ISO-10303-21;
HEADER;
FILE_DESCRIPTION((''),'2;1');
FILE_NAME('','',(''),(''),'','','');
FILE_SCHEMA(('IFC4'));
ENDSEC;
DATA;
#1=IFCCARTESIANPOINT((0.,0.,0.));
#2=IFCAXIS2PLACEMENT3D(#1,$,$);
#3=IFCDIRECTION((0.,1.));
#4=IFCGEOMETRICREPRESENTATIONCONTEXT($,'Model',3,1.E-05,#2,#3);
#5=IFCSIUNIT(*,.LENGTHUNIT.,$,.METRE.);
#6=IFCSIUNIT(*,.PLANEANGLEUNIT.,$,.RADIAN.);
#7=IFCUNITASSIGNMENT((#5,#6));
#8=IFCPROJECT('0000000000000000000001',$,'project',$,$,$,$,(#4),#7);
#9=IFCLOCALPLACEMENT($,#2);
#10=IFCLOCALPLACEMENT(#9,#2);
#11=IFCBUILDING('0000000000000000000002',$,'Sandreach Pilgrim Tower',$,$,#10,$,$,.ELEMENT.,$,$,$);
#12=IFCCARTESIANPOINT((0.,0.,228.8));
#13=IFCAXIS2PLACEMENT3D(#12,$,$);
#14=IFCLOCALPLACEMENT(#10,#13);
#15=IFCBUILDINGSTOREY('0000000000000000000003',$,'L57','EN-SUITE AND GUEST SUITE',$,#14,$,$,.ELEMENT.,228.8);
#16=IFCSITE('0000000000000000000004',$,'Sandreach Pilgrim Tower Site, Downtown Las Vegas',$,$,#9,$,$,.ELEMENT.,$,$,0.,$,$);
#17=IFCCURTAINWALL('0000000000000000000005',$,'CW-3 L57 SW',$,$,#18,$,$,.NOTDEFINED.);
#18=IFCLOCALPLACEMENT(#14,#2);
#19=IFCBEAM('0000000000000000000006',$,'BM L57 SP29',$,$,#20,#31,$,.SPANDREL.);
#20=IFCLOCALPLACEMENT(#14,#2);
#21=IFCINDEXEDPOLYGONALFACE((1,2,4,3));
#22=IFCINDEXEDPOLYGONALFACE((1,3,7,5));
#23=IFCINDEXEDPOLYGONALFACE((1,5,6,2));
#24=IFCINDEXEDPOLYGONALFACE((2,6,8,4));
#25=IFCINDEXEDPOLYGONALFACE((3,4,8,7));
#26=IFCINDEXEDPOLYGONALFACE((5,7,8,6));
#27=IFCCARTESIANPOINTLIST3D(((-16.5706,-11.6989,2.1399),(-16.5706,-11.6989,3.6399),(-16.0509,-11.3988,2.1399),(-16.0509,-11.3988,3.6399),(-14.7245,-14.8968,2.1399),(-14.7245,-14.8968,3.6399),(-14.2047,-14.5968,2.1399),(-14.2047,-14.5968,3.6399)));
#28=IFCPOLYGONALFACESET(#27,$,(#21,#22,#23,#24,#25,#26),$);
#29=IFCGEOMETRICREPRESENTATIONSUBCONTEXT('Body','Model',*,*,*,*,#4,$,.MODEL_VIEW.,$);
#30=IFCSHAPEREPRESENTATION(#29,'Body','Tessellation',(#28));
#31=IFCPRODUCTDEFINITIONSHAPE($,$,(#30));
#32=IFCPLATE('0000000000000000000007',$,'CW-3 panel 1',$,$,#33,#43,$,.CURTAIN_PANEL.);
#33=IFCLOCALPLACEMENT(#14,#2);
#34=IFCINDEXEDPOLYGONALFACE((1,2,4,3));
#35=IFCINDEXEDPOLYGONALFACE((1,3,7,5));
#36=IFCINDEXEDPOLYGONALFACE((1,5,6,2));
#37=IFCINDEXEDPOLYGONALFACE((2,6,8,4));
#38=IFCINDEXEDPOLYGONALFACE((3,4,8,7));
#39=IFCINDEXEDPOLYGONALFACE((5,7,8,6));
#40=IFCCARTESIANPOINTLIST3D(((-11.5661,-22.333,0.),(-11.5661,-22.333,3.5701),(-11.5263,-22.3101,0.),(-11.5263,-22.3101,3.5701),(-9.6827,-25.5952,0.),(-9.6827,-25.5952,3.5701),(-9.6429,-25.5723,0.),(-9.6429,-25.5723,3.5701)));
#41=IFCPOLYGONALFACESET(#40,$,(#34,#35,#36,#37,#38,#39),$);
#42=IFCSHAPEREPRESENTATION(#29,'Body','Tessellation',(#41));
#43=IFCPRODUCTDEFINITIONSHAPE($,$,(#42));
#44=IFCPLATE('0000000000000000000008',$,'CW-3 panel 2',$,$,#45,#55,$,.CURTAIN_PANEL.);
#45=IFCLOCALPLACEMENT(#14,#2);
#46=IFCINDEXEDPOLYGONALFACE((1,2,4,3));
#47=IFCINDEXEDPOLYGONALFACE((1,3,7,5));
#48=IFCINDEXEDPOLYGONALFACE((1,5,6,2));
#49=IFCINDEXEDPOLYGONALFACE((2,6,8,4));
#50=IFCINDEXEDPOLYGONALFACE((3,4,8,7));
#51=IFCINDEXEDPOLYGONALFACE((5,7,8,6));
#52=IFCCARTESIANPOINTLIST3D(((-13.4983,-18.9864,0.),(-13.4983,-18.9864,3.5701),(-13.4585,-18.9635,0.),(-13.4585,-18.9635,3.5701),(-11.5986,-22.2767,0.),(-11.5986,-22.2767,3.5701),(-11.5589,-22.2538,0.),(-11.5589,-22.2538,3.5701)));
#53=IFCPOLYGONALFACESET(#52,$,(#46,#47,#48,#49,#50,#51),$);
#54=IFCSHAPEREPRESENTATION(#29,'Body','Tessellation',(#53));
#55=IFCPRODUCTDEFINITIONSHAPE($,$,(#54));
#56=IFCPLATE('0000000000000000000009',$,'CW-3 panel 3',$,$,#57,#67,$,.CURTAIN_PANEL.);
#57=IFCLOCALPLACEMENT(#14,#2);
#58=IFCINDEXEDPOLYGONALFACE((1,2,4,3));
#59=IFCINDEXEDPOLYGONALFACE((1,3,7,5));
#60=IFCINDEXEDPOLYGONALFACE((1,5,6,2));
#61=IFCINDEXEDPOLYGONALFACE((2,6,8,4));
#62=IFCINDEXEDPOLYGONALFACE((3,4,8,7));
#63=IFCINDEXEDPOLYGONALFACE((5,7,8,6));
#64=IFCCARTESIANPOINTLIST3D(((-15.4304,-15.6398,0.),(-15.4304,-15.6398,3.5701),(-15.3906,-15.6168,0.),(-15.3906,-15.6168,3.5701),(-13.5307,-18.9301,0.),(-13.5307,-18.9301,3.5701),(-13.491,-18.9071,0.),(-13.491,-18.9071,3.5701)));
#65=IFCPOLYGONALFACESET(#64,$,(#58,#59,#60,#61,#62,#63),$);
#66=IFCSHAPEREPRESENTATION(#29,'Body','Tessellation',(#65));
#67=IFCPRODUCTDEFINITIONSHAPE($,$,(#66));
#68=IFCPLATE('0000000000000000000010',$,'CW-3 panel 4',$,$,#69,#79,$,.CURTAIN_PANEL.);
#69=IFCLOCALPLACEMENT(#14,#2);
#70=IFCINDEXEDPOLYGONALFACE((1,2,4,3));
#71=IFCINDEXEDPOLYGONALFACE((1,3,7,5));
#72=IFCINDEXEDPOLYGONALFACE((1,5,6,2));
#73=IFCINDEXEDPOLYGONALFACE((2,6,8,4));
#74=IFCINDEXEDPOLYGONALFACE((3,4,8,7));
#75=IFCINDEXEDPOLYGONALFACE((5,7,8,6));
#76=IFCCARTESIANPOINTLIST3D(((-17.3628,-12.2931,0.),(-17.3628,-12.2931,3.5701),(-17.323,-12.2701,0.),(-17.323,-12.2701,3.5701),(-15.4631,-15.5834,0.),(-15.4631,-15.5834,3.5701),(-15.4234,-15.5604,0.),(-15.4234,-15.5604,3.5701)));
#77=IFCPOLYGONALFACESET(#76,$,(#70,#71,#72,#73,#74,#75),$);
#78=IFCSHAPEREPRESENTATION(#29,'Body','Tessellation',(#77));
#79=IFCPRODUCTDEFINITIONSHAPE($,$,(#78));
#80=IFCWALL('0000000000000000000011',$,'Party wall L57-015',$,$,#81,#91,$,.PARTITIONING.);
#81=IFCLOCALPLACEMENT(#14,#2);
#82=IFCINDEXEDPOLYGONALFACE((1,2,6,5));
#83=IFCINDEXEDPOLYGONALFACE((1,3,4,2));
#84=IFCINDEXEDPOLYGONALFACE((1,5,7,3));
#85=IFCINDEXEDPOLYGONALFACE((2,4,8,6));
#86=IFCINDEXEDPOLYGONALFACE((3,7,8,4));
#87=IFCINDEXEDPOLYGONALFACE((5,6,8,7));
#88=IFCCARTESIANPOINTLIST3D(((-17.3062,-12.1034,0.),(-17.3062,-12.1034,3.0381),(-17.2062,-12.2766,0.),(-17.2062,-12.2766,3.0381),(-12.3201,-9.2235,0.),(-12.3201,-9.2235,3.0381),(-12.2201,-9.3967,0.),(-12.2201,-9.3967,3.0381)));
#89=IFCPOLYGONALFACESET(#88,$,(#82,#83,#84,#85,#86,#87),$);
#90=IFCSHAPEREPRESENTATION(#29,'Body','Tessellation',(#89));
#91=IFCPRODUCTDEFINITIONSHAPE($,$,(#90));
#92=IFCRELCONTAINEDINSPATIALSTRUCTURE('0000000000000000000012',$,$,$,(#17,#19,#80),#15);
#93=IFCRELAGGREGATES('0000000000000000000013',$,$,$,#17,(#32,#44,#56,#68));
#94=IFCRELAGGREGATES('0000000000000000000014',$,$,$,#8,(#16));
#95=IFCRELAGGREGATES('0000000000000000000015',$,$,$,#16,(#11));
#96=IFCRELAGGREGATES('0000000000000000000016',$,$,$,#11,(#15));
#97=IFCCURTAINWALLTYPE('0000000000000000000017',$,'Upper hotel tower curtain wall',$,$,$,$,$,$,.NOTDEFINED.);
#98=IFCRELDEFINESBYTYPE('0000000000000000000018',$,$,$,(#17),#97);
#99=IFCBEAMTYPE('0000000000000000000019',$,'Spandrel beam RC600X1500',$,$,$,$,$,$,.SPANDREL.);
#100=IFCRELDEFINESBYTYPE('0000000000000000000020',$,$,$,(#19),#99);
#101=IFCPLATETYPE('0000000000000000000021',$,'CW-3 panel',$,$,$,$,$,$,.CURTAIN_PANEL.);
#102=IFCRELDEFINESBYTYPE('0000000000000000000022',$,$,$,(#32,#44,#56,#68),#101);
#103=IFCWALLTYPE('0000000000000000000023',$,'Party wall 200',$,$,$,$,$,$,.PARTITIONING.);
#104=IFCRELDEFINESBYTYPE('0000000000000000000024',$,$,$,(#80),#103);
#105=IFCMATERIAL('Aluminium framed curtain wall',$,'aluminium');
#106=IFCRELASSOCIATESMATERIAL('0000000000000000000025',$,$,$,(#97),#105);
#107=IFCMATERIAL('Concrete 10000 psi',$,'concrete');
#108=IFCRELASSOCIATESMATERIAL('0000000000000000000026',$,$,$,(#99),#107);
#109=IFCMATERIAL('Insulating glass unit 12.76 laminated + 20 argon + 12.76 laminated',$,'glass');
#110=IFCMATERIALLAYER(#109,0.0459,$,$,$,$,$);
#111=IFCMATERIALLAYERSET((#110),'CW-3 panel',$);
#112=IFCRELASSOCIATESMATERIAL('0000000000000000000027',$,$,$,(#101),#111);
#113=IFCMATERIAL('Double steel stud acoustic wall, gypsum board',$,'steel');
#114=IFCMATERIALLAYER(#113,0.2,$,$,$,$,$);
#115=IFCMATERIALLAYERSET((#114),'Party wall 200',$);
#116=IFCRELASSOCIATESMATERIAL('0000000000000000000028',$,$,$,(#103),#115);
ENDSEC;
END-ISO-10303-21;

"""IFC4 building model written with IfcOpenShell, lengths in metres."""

from ifc_helpers import new_model, si_unit, direction, frame, frame_2d, origin, origin_2d, place, context, subcontext, project, spatial, rectangle, extrude, material, layer, layer_set, material_profile, profile_set, type_object, element, aggregate, save


model = new_model("IFC4")

# Units and contexts
model_context = context("Model", 3, precision=1e-05, world=origin(), true_north=direction((0.0, 1.0)))
body_context = subcontext(model_context, "Body", "Model", "MODEL_VIEW")
ifc_project = project(units=[si_unit("LENGTHUNIT", "METRE"), si_unit("PLANEANGLEUNIT", "RADIAN")], contexts=[model_context])

# Site, building, storey
site_placement = place(None, origin())
site = spatial("IfcSite", under=ifc_project, at=site_placement, Name="Sandreach Pilgrim Tower Site, Downtown Las Vegas", CompositionType="ELEMENT", RefElevation=0.0)
building_placement = place(site_placement, origin())
building = spatial("IfcBuilding", under=site, at=building_placement, Name="Sandreach Pilgrim Tower", CompositionType="ELEMENT")
storey_placement = place(building_placement, frame((0.0, 0.0, 228.8)))
storey = spatial("IfcBuildingStorey", under=building, at=storey_placement, Name="L57", Description="EN-SUITE AND GUEST SUITE", CompositionType="ELEMENT", Elevation=228.8)

# Curtain wall
ifc_material_1 = material(Name="Aluminium framed curtain wall", Category="aluminium")
curtain_wall_type = type_object("IfcCurtainWallType", Name="Upper hotel tower curtain wall", PredefinedType="NOTDEFINED", material=ifc_material_1)
curtain_wall_placement = place(storey_placement, origin())
curtain_wall = element("IfcCurtainWall", 1, at=curtain_wall_placement, inside=storey, type_object=curtain_wall_type, Name="CW-3 L57 SW", PredefinedType="NOTDEFINED")

# Beam
ifc_material_2 = material(Name="Concrete 10000 psi", Category="concrete")
ifc_material_profile_1 = material_profile(ifc_material_2, rectangle(XDim=0.6001, YDim=1.5, at=origin_2d()), Name="RC600X1500")
ifc_profile_set_1 = profile_set([ifc_material_profile_1], Name="Concrete 10000 psi")
beam_type_1 = type_object("IfcBeamType", Name="Spandrel beam RC600X1500", PredefinedType="SPANDREL", material=ifc_profile_set_1)
beam_1_placement = place(storey_placement, frame((-14.4646, -14.7468, 2.8899), z_axis=(-0.499965, 0.866046, 0.0), x_axis=(-0.866046, -0.499965, 0.0)))
element("IfcBeam", 2, at=beam_1_placement, inside=storey, type_object=beam_type_1, Name="BM L57 SP29", PredefinedType="SPANDREL", context=body_context, shape_type="SweptSolid", body=[
    extrude(rectangle(XDim=0.6001, YDim=1.5, at=origin_2d()), origin(), (0.0, 0.0, 1.0), 3.6926),
])

# Plates
ifc_material_3 = material(Name="Insulating glass unit 12.76 laminated + 20 argon + 12.76 laminated", Category="glass")
ifc_layer_1 = layer(ifc_material_3, 0.0459)
ifc_layer_set_1 = layer_set([ifc_layer_1], Name="CW-3 panel")
plate_type = type_object("IfcPlateType", Name="CW-3 panel", PredefinedType="CURTAIN_PANEL", material=ifc_layer_set_1)
plate_1_placement = place(storey_placement, frame((-10.6045, -23.9526, 0.0), z_axis=(0.0, 0.0, 1.0), x_axis=(-0.5, 0.866025, 0.0)))
plate_1 = element("IfcPlate", 3, at=plate_1_placement, type_object=plate_type, Name="CW-3 panel 1", PredefinedType="CURTAIN_PANEL", context=body_context, shape_type="SweptSolid", body=[
    extrude(rectangle(XDim=3.7668, YDim=0.0459, at=origin_2d()), origin(), (0.0, 0.0, 1.0), 3.5701),
])
plate_2_placement = place(storey_placement, frame((-12.5286, -20.6201, 0.0), z_axis=(0.0, 0.0, 1.0), x_axis=(-0.5, 0.866025, 0.0)))
plate_2 = element("IfcPlate", 4, at=plate_2_placement, type_object=plate_type, Name="CW-3 panel 2", PredefinedType="CURTAIN_PANEL", context=body_context, shape_type="SweptSolid", body=[
    extrude(rectangle(XDim=3.7993, YDim=0.0459, at=origin_2d()), origin(), (0.0, 0.0, 1.0), 3.5701),
])
plate_3_placement = place(storey_placement, frame((-14.4607, -17.2734, 0.0), z_axis=(0.0, 0.0, 1.0), x_axis=(-0.5, 0.866025, 0.0)))
plate_3 = element("IfcPlate", 5, at=plate_3_placement, type_object=plate_type, Name="CW-3 panel 3", PredefinedType="CURTAIN_PANEL", context=body_context, shape_type="SweptSolid", body=[
    extrude(rectangle(XDim=3.7993, YDim=0.0459, at=origin_2d()), origin(), (0.0, 0.0, 1.0), 3.5701),
])
plate_4_placement = place(storey_placement, frame((-16.3931, -13.9268, 0.0), z_axis=(0.0, 0.0, 1.0), x_axis=(-0.5, 0.866025, 0.0)))
plate_4 = element("IfcPlate", 6, at=plate_4_placement, type_object=plate_type, Name="CW-3 panel 4", PredefinedType="CURTAIN_PANEL", context=body_context, shape_type="SweptSolid", body=[
    extrude(rectangle(XDim=3.7993, YDim=0.0459, at=origin_2d()), origin(), (0.0, 0.0, 1.0), 3.5701),
])
aggregate(curtain_wall, [plate_1, plate_2, plate_3, plate_4])

# Wall
ifc_material_4 = material(Name="Double steel stud acoustic wall, gypsum board", Category="steel")
ifc_layer_2 = layer(ifc_material_4, 0.2)
ifc_layer_set_2 = layer_set([ifc_layer_2], Name="Party wall 200")
wall_type = type_object("IfcWallType", Name="Party wall 200", PredefinedType="PARTITIONING", material=ifc_layer_set_2)
wall_placement = place(storey_placement, frame((-17.2561, -12.1899, 0.0), z_axis=(0.0, 0.0, 1.0), x_axis=(0.865938, 0.500152, 0.0)))
element("IfcWall", 7, at=wall_placement, inside=storey, type_object=wall_type, Name="Party wall L57-015", PredefinedType="PARTITIONING", context=body_context, shape_type="SweptSolid", body=[
    extrude(rectangle(XDim=5.7581, YDim=0.2, at=frame_2d((2.8789, 0.0))), origin(), (0.0, 0.0, 1.0), 3.0381),
])

save(model, "model.ifc")
